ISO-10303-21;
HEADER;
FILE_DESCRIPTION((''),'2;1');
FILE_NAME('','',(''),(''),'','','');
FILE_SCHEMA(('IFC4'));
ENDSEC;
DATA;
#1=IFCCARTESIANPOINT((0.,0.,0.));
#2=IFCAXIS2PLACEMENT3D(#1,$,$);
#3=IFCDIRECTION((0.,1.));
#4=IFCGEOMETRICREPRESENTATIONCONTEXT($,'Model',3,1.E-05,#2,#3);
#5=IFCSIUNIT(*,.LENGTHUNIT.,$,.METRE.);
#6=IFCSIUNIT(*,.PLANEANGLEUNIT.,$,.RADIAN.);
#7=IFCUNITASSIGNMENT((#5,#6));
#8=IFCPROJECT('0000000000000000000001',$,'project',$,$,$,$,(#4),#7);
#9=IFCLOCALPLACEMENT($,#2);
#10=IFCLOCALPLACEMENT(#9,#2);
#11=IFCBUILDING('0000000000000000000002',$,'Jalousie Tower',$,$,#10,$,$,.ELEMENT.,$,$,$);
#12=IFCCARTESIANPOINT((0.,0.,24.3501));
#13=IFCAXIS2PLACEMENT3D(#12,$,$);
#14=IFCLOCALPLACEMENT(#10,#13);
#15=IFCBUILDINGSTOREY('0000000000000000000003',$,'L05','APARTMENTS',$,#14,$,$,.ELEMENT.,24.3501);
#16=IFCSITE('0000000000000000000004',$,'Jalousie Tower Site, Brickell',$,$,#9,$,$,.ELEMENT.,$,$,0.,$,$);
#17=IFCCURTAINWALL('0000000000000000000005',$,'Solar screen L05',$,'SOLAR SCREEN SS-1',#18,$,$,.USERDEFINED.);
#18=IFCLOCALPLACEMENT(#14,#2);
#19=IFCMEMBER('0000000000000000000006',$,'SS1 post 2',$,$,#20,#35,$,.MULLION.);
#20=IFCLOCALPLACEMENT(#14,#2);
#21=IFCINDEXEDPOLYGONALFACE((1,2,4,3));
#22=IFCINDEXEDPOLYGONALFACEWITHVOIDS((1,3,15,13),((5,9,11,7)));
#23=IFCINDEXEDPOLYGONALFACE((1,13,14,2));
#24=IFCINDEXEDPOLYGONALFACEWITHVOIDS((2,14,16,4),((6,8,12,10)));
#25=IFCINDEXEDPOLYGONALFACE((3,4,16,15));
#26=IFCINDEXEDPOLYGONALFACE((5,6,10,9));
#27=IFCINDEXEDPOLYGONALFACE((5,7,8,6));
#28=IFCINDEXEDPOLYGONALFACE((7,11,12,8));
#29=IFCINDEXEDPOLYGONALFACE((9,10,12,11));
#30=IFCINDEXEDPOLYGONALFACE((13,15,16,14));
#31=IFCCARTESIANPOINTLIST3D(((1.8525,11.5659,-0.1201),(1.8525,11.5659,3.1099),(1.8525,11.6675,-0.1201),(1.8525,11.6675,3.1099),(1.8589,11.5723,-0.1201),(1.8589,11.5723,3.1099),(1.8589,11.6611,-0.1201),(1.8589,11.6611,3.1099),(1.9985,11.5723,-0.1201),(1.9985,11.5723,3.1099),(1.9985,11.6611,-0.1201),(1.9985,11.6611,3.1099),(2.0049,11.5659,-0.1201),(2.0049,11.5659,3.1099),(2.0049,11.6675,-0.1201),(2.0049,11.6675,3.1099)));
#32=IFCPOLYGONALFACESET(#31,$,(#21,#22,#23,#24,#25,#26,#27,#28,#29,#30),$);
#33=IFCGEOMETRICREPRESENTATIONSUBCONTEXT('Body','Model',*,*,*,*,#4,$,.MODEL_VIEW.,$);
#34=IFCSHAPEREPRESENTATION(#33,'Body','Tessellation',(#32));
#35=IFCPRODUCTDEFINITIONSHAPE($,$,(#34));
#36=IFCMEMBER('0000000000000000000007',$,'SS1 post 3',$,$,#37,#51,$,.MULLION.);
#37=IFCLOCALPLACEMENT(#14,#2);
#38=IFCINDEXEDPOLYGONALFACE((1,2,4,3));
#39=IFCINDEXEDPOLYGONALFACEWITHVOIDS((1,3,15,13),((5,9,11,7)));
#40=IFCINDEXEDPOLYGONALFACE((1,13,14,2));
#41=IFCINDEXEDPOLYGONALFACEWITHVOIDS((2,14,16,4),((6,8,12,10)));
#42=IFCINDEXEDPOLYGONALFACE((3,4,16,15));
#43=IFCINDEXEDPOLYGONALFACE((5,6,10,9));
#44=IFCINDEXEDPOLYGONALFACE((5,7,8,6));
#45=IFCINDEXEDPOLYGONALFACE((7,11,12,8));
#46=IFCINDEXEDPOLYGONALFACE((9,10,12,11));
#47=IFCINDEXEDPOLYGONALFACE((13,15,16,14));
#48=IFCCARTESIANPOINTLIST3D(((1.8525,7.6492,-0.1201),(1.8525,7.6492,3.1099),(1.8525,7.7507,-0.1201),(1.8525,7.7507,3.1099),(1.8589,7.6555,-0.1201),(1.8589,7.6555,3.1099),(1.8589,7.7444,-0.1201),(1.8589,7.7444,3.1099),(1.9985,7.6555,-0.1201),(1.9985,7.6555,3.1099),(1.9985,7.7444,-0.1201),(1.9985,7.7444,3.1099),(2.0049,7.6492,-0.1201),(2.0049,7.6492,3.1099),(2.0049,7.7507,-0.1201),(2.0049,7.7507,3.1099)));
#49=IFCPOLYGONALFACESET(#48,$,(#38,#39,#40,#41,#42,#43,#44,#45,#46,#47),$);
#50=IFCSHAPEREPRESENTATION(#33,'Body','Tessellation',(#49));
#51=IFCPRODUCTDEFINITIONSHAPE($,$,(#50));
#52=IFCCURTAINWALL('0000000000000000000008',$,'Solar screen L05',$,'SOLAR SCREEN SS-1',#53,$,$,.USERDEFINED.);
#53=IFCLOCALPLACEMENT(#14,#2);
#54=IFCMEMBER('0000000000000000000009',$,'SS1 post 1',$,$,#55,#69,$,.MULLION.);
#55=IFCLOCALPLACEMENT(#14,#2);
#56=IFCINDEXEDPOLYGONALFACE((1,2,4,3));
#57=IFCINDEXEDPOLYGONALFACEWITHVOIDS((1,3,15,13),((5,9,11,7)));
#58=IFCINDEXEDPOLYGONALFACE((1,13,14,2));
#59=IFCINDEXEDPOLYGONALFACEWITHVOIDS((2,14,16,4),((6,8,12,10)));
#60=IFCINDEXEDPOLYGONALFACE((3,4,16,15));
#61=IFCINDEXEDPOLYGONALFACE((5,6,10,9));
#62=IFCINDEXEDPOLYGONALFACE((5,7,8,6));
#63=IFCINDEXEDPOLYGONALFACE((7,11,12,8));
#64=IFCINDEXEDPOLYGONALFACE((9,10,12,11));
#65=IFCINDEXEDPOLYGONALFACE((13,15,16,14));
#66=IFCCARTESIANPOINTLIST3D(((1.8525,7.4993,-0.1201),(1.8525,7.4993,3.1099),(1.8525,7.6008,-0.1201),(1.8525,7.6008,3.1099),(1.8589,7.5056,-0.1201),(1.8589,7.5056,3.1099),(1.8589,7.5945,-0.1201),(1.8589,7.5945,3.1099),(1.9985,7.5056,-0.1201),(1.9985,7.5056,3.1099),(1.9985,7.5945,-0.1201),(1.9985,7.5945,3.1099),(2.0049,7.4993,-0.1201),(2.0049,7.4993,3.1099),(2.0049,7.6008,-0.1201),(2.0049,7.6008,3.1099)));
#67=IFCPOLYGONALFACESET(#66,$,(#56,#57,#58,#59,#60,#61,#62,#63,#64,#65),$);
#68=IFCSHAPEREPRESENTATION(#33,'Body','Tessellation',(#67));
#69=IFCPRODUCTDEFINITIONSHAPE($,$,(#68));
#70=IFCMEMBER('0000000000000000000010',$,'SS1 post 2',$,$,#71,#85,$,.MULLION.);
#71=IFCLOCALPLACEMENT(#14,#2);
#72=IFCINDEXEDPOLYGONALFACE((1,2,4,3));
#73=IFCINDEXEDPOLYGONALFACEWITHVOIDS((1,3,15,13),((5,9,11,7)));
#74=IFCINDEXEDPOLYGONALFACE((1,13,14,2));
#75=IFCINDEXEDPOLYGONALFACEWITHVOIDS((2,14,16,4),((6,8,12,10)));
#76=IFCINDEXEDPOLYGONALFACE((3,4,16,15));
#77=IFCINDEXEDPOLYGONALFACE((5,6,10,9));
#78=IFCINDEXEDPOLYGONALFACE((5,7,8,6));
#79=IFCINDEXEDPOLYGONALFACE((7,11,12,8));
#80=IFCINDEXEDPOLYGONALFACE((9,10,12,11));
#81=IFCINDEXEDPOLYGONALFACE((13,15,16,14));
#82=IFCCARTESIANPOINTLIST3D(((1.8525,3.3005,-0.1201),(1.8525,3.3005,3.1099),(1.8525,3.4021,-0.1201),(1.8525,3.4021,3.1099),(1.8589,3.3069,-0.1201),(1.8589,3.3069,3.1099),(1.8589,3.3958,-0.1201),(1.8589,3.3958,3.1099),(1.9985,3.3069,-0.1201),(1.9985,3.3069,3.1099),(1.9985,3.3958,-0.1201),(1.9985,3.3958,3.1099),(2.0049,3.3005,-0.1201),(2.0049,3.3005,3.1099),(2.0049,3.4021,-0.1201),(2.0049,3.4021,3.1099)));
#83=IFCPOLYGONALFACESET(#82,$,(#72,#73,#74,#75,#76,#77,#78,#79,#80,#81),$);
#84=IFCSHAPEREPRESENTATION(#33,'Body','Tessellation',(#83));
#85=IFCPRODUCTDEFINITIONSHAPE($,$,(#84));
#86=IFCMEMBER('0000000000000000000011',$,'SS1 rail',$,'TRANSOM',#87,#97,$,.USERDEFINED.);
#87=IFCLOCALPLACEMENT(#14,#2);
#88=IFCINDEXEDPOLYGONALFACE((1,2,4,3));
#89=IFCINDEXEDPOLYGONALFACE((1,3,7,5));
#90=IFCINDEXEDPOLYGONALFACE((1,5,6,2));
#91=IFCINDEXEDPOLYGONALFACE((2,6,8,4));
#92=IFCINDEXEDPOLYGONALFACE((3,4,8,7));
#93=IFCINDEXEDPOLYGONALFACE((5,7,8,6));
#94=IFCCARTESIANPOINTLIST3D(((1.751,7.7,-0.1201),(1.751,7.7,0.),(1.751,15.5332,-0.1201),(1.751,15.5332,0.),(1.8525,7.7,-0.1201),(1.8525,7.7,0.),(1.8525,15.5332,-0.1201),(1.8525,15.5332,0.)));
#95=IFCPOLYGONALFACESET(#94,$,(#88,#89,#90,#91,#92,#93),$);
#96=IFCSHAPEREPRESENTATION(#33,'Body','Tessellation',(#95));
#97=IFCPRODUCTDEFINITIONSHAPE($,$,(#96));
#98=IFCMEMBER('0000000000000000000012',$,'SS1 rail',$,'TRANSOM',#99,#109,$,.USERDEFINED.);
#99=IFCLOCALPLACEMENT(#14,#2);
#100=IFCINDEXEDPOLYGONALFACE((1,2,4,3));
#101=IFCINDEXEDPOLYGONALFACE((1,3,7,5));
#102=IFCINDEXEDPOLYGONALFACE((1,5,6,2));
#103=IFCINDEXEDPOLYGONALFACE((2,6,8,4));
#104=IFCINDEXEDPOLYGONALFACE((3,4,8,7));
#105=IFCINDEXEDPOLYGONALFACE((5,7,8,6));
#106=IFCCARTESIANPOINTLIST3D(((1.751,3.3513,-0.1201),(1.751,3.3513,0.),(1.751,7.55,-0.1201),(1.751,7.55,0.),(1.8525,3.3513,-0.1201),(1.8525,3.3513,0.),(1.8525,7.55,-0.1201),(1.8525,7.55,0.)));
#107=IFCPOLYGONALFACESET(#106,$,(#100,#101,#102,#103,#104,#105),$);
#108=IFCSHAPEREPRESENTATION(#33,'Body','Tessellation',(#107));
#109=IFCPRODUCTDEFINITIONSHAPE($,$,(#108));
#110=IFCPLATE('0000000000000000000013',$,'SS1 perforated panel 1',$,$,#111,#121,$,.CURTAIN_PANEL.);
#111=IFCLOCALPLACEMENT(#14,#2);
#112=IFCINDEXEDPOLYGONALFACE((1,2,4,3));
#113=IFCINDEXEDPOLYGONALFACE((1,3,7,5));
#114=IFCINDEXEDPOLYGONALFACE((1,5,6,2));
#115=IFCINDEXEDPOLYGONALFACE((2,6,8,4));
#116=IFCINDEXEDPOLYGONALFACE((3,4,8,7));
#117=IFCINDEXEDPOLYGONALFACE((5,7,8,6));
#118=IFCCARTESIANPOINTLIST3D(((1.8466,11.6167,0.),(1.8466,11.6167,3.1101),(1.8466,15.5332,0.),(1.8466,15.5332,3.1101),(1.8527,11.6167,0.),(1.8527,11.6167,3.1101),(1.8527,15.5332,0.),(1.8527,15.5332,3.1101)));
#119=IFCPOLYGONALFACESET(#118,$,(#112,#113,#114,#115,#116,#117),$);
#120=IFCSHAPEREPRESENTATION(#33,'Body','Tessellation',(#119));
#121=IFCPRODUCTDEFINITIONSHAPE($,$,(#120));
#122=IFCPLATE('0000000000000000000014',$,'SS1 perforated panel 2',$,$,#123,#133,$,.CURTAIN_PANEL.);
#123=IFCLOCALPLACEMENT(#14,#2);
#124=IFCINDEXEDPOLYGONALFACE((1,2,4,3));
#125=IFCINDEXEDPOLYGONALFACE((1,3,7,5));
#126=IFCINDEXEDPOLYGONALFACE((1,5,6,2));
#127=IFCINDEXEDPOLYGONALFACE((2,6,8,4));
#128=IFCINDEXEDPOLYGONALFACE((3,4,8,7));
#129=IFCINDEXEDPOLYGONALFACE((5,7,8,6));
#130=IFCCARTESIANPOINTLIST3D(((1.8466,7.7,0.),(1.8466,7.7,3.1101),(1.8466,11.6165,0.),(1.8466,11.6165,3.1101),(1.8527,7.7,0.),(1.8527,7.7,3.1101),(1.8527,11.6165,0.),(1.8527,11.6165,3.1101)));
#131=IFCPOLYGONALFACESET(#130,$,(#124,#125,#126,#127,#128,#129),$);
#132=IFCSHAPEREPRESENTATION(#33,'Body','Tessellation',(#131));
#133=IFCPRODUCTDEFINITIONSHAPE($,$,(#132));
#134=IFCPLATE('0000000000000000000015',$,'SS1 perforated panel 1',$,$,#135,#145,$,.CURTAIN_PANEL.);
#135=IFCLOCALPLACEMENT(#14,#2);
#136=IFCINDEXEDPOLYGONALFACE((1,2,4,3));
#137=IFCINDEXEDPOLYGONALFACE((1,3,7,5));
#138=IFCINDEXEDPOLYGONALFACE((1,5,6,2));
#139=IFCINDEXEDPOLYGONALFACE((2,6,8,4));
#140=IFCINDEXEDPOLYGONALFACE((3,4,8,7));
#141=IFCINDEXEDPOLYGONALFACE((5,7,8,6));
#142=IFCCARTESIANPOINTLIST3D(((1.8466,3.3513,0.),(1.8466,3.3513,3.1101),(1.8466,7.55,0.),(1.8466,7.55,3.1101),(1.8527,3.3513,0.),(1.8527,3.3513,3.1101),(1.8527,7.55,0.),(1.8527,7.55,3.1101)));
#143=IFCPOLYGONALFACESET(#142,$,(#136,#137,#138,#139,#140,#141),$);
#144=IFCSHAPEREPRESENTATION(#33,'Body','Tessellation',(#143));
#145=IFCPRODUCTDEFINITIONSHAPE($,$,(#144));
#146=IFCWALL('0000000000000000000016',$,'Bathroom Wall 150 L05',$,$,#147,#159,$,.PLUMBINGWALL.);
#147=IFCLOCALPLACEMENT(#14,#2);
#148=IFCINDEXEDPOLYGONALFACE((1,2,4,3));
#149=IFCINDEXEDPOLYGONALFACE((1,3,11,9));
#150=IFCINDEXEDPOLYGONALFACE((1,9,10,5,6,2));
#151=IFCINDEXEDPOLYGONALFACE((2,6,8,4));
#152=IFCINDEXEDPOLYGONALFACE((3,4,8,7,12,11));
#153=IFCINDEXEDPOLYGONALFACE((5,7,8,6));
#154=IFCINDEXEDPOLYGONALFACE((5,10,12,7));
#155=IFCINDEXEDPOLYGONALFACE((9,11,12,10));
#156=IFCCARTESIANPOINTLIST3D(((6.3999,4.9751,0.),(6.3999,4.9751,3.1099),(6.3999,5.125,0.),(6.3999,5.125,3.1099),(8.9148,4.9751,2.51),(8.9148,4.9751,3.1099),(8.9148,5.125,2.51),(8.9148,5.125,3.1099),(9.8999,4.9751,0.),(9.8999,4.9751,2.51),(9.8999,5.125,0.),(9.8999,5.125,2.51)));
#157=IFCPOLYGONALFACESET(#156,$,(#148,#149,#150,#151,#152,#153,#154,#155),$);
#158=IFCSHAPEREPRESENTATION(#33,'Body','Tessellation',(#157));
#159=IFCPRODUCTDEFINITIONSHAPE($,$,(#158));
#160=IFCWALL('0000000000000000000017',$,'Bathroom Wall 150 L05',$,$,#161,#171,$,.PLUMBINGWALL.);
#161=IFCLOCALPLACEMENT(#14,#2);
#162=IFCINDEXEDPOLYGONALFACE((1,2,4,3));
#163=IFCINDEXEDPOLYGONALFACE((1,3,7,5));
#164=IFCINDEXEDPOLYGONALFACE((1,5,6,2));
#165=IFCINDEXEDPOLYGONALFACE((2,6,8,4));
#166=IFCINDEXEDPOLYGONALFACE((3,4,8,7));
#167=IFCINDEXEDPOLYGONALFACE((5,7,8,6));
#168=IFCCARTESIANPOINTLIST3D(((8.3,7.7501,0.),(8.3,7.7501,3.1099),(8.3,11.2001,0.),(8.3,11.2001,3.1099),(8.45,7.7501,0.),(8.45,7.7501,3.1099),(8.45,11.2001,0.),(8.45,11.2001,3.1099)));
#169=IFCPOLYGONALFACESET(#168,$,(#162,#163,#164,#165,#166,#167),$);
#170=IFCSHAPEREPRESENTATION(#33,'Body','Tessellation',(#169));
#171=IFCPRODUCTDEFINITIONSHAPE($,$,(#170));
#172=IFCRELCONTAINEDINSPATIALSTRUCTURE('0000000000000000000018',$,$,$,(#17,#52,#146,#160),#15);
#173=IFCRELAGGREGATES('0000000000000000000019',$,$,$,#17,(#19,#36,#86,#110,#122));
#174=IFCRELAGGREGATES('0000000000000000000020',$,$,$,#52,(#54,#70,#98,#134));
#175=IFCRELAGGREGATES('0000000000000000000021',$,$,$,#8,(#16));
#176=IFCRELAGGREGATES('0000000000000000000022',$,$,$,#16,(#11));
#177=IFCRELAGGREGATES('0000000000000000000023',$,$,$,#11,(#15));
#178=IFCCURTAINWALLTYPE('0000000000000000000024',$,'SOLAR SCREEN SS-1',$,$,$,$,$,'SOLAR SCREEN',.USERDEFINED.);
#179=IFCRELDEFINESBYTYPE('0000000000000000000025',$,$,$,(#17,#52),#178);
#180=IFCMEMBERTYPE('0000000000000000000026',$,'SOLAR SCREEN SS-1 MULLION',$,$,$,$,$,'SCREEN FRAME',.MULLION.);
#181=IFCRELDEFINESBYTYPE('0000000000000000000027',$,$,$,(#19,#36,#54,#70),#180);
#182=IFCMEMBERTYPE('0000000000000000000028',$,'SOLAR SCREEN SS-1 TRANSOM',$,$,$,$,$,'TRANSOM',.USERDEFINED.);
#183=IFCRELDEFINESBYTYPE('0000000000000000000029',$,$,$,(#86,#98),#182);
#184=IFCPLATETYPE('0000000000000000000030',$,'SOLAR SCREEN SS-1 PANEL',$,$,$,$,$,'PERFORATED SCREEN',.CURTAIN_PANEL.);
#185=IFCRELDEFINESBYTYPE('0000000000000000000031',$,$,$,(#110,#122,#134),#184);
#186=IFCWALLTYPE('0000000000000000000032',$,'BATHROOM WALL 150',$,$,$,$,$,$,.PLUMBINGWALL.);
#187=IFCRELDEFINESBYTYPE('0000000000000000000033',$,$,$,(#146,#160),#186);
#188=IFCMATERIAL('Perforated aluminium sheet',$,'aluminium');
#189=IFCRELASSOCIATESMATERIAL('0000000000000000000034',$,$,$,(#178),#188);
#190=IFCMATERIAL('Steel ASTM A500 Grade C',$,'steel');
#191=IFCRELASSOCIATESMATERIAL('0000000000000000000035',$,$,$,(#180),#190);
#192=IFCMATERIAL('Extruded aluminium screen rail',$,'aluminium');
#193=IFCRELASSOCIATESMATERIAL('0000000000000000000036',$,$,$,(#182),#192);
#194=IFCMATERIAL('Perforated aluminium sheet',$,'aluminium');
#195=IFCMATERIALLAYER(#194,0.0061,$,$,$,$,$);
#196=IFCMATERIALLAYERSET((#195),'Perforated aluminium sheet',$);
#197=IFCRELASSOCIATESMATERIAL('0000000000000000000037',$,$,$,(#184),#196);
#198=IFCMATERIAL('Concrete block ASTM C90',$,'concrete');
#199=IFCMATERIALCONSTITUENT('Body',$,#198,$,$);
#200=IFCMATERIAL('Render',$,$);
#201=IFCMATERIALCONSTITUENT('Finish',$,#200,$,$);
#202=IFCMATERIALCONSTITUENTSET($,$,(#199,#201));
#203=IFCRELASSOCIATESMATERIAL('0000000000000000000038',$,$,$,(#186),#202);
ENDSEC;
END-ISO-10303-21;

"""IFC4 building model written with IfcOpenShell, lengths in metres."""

from ifc_helpers import new_model, si_unit, direction, frame, frame_2d, origin, origin_2d, place, context, subcontext, project, spatial, polyline, rectangle, hollow_rectangle, outline, extrude, material, layer, layer_set, constituent, constituent_set, material_profile, profile_set, type_object, element, aggregate, save


model = new_model("IFC4")

# Units and contexts
model_context = context("Model", 3, precision=1e-05, world=origin(), true_north=direction((0.0, 1.0)))
body_context = subcontext(model_context, "Body", "Model", "MODEL_VIEW")
ifc_project = project(units=[si_unit("LENGTHUNIT", "METRE"), si_unit("PLANEANGLEUNIT", "RADIAN")], contexts=[model_context])

# Site, building, storey
site_placement = place(None, origin())
site = spatial("IfcSite", under=ifc_project, at=site_placement, Name="Jalousie Tower Site, Brickell", CompositionType="ELEMENT", RefElevation=0.0)
building_placement = place(site_placement, origin())
building = spatial("IfcBuilding", under=site, at=building_placement, Name="Jalousie Tower", CompositionType="ELEMENT")
storey_placement = place(building_placement, frame((0.0, 0.0, 24.3501)))
storey = spatial("IfcBuildingStorey", under=building, at=storey_placement, Name="L05", Description="APARTMENTS", CompositionType="ELEMENT", Elevation=24.3501)

# Curtain walls, members
ifc_material_1 = material(Name="Perforated aluminium sheet", Category="aluminium")
curtain_wall_type_1 = type_object("IfcCurtainWallType", Name="SOLAR SCREEN SS-1", ElementType="SOLAR SCREEN", PredefinedType="USERDEFINED", material=ifc_material_1)
curtain_wall_1_placement = place(storey_placement, origin())
curtain_wall_1 = element("IfcCurtainWall", 1, at=curtain_wall_1_placement, inside=storey, type_object=curtain_wall_type_1, Name="Solar screen L05", ObjectType="SOLAR SCREEN SS-1", PredefinedType="USERDEFINED")
ifc_material_2 = material(Name="Steel ASTM A500 Grade C", Category="steel")
ifc_material_profile_1 = material_profile(ifc_material_2, hollow_rectangle(XDim=0.1016, YDim=0.1523, WallThickness=0.0063, at=origin_2d()), Name="HSS6X4X1/4")
ifc_profile_set_1 = profile_set([ifc_material_profile_1], Name="Steel ASTM A500 Grade C")
member_type_1 = type_object("IfcMemberType", Name="SOLAR SCREEN SS-1 MULLION", ElementType="SCREEN FRAME", PredefinedType="MULLION", material=ifc_profile_set_1)
member_1_placement = place(storey_placement, frame((1.9287, 11.6167, -0.1201), z_axis=(0.0, 0.0, 1.0), x_axis=(0.0, -1.0, 0.0)))
member_1 = element("IfcMember", 2, at=member_1_placement, type_object=member_type_1, Name="SS1 post 2", PredefinedType="MULLION", context=body_context, shape_type="SweptSolid", body=[
    extrude(hollow_rectangle(XDim=0.1016, YDim=0.1523, WallThickness=0.0063, at=origin_2d()), origin(), (0.0, 0.0, 1.0), 3.23),
])
member_2_placement = place(storey_placement, frame((1.9287, 7.7, -0.1201), z_axis=(0.0, 0.0, 1.0), x_axis=(0.0, -1.0, 0.0)))
member_2 = element("IfcMember", 3, at=member_2_placement, type_object=member_type_1, Name="SS1 post 3", PredefinedType="MULLION", context=body_context, shape_type="SweptSolid", body=[
    extrude(hollow_rectangle(XDim=0.1016, YDim=0.1523, WallThickness=0.0063, at=origin_2d()), origin(), (0.0, 0.0, 1.0), 3.23),
])
curtain_wall_2_placement = place(storey_placement, origin())
curtain_wall_2 = element("IfcCurtainWall", 4, at=curtain_wall_2_placement, inside=storey, type_object=curtain_wall_type_1, Name="Solar screen L05", ObjectType="SOLAR SCREEN SS-1", PredefinedType="USERDEFINED")
member_3_placement = place(storey_placement, frame((1.9287, 7.55, -0.1201), z_axis=(0.0, 0.0, 1.0), x_axis=(0.0, -1.0, 0.0)))
member_3 = element("IfcMember", 5, at=member_3_placement, type_object=member_type_1, Name="SS1 post 1", PredefinedType="MULLION", context=body_context, shape_type="SweptSolid", body=[
    extrude(hollow_rectangle(XDim=0.1016, YDim=0.1523, WallThickness=0.0063, at=origin_2d()), origin(), (0.0, 0.0, 1.0), 3.23),
])
member_4_placement = place(storey_placement, frame((1.9287, 3.3513, -0.1201), z_axis=(0.0, 0.0, 1.0), x_axis=(0.0, -1.0, 0.0)))
member_4 = element("IfcMember", 6, at=member_4_placement, type_object=member_type_1, Name="SS1 post 2", PredefinedType="MULLION", context=body_context, shape_type="SweptSolid", body=[
    extrude(hollow_rectangle(XDim=0.1016, YDim=0.1523, WallThickness=0.0063, at=origin_2d()), origin(), (0.0, 0.0, 1.0), 3.23),
])

# Members
ifc_material_3 = material(Name="Extruded aluminium screen rail", Category="aluminium")
ifc_material_profile_2 = material_profile(ifc_material_3, rectangle(XDim=0.1016, YDim=0.1201, at=origin_2d()), Name="RAIL 102x120")
ifc_profile_set_2 = profile_set([ifc_material_profile_2], Name="Extruded aluminium screen rail")
member_type_2 = type_object("IfcMemberType", Name="SOLAR SCREEN SS-1 TRANSOM", ElementType="TRANSOM", PredefinedType="USERDEFINED", material=ifc_profile_set_2)
member_5_placement = place(storey_placement, frame((1.8018, 15.5332, -0.0601), z_axis=(0.0, -1.0, 0.0), x_axis=(1.0, 0.0, 0.0)))
member_5 = element("IfcMember", 7, at=member_5_placement, type_object=member_type_2, Name="SS1 rail", ObjectType="TRANSOM", PredefinedType="USERDEFINED", context=body_context, shape_type="SweptSolid", body=[
    extrude(rectangle(XDim=0.1016, YDim=0.1201, at=origin_2d()), origin(), (0.0, 0.0, 1.0), 7.8333),
])
member_6_placement = place(storey_placement, frame((1.8018, 7.55, -0.0601), z_axis=(0.0, -1.0, 0.0), x_axis=(1.0, 0.0, 0.0)))
member_6 = element("IfcMember", 8, at=member_6_placement, type_object=member_type_2, Name="SS1 rail", ObjectType="TRANSOM", PredefinedType="USERDEFINED", context=body_context, shape_type="SweptSolid", body=[
    extrude(rectangle(XDim=0.1016, YDim=0.1201, at=origin_2d()), origin(), (0.0, 0.0, 1.0), 4.1987),
])

# Plates
ifc_material_4 = material(Name="Perforated aluminium sheet", Category="aluminium")
ifc_layer_1 = layer(ifc_material_4, 0.0061)
ifc_layer_set_1 = layer_set([ifc_layer_1], Name="Perforated aluminium sheet")
plate_type = type_object("IfcPlateType", Name="SOLAR SCREEN SS-1 PANEL", ElementType="PERFORATED SCREEN", PredefinedType="CURTAIN_PANEL", material=ifc_layer_set_1)
plate_1_placement = place(storey_placement, frame((1.8496, 13.575, 0.0), z_axis=(0.0, 0.0, 1.0), x_axis=(0.0, -1.0, 0.0)))
plate_1 = element("IfcPlate", 9, at=plate_1_placement, type_object=plate_type, Name="SS1 perforated panel 1", PredefinedType="CURTAIN_PANEL", context=body_context, shape_type="SweptSolid", body=[
    extrude(rectangle(XDim=3.9165, YDim=0.0061, at=origin_2d()), origin(), (0.0, 0.0, 1.0), 3.1101),
])
plate_2_placement = place(storey_placement, frame((1.8496, 9.6582, 0.0), z_axis=(0.0, 0.0, 1.0), x_axis=(0.0, -1.0, 0.0)))
plate_2 = element("IfcPlate", 10, at=plate_2_placement, type_object=plate_type, Name="SS1 perforated panel 2", PredefinedType="CURTAIN_PANEL", context=body_context, shape_type="SweptSolid", body=[
    extrude(rectangle(XDim=3.9165, YDim=0.0061, at=origin_2d()), origin(), (0.0, 0.0, 1.0), 3.1101),
])
aggregate(curtain_wall_1, [member_1, member_2, member_5, plate_1, plate_2])
plate_3_placement = place(storey_placement, frame((1.8496, 5.4507, 0.0), z_axis=(0.0, 0.0, 1.0), x_axis=(0.0, -1.0, 0.0)))
plate_3 = element("IfcPlate", 11, at=plate_3_placement, type_object=plate_type, Name="SS1 perforated panel 1", PredefinedType="CURTAIN_PANEL", context=body_context, shape_type="SweptSolid", body=[
    extrude(rectangle(XDim=4.1987, YDim=0.0061, at=origin_2d()), origin(), (0.0, 0.0, 1.0), 3.1101),
])
aggregate(curtain_wall_2, [member_3, member_4, member_6, plate_3])

# Walls
ifc_material_5 = material(Name="Concrete block ASTM C90", Category="concrete")
ifc_constituent_1 = constituent(ifc_material_5, Name="Body")
ifc_material_6 = material(Name="Render")
ifc_constituent_2 = constituent(ifc_material_6, Name="Finish")
ifc_constituent_set_1 = constituent_set(constituents=[ifc_constituent_1, ifc_constituent_2])
wall_type_1 = type_object("IfcWallType", Name="BATHROOM WALL 150", PredefinedType="PLUMBINGWALL", material=ifc_constituent_set_1)
wall_1_placement = place(storey_placement, frame((6.3999, 5.05, 0.0), z_axis=(0.0, 0.0, 1.0), x_axis=(1.0, 0.0, 0.0)))
element("IfcWall", 12, at=wall_1_placement, inside=storey, type_object=wall_type_1, Name="Bathroom Wall 150 L05", PredefinedType="PLUMBINGWALL", context=body_context, shape_type="SweptSolid", body=[
    extrude(outline(polyline([(0.0, 0.0), (3.5, 0.0), (3.5, 3.1099), (3.5, 2.51), (2.5149, 2.51), (2.5149, 3.1099), (0.0, 3.1099), (0.0, 0.0)])), frame((0.0, 0.075, 0.0), z_axis=(0.0, -1.0, 0.0), x_axis=(1.0, 0.0, 0.0)), (0.0, 0.0, 1.0), 0.1499),
])
wall_2_placement = place(storey_placement, frame((8.375, 7.75, 0.0), z_axis=(0.0, 0.0, 1.0), x_axis=(0.0, 1.0, 0.0)))
element("IfcWall", 13, at=wall_2_placement, inside=storey, type_object=wall_type_1, Name="Bathroom Wall 150 L05", PredefinedType="PLUMBINGWALL", context=body_context, shape_type="SweptSolid", body=[
    extrude(rectangle(XDim=3.45, YDim=0.1499, at=frame_2d((1.7251, 0.0))), origin(), (0.0, 0.0, 1.0), 3.1099),
])

save(model, "model.ifc")
